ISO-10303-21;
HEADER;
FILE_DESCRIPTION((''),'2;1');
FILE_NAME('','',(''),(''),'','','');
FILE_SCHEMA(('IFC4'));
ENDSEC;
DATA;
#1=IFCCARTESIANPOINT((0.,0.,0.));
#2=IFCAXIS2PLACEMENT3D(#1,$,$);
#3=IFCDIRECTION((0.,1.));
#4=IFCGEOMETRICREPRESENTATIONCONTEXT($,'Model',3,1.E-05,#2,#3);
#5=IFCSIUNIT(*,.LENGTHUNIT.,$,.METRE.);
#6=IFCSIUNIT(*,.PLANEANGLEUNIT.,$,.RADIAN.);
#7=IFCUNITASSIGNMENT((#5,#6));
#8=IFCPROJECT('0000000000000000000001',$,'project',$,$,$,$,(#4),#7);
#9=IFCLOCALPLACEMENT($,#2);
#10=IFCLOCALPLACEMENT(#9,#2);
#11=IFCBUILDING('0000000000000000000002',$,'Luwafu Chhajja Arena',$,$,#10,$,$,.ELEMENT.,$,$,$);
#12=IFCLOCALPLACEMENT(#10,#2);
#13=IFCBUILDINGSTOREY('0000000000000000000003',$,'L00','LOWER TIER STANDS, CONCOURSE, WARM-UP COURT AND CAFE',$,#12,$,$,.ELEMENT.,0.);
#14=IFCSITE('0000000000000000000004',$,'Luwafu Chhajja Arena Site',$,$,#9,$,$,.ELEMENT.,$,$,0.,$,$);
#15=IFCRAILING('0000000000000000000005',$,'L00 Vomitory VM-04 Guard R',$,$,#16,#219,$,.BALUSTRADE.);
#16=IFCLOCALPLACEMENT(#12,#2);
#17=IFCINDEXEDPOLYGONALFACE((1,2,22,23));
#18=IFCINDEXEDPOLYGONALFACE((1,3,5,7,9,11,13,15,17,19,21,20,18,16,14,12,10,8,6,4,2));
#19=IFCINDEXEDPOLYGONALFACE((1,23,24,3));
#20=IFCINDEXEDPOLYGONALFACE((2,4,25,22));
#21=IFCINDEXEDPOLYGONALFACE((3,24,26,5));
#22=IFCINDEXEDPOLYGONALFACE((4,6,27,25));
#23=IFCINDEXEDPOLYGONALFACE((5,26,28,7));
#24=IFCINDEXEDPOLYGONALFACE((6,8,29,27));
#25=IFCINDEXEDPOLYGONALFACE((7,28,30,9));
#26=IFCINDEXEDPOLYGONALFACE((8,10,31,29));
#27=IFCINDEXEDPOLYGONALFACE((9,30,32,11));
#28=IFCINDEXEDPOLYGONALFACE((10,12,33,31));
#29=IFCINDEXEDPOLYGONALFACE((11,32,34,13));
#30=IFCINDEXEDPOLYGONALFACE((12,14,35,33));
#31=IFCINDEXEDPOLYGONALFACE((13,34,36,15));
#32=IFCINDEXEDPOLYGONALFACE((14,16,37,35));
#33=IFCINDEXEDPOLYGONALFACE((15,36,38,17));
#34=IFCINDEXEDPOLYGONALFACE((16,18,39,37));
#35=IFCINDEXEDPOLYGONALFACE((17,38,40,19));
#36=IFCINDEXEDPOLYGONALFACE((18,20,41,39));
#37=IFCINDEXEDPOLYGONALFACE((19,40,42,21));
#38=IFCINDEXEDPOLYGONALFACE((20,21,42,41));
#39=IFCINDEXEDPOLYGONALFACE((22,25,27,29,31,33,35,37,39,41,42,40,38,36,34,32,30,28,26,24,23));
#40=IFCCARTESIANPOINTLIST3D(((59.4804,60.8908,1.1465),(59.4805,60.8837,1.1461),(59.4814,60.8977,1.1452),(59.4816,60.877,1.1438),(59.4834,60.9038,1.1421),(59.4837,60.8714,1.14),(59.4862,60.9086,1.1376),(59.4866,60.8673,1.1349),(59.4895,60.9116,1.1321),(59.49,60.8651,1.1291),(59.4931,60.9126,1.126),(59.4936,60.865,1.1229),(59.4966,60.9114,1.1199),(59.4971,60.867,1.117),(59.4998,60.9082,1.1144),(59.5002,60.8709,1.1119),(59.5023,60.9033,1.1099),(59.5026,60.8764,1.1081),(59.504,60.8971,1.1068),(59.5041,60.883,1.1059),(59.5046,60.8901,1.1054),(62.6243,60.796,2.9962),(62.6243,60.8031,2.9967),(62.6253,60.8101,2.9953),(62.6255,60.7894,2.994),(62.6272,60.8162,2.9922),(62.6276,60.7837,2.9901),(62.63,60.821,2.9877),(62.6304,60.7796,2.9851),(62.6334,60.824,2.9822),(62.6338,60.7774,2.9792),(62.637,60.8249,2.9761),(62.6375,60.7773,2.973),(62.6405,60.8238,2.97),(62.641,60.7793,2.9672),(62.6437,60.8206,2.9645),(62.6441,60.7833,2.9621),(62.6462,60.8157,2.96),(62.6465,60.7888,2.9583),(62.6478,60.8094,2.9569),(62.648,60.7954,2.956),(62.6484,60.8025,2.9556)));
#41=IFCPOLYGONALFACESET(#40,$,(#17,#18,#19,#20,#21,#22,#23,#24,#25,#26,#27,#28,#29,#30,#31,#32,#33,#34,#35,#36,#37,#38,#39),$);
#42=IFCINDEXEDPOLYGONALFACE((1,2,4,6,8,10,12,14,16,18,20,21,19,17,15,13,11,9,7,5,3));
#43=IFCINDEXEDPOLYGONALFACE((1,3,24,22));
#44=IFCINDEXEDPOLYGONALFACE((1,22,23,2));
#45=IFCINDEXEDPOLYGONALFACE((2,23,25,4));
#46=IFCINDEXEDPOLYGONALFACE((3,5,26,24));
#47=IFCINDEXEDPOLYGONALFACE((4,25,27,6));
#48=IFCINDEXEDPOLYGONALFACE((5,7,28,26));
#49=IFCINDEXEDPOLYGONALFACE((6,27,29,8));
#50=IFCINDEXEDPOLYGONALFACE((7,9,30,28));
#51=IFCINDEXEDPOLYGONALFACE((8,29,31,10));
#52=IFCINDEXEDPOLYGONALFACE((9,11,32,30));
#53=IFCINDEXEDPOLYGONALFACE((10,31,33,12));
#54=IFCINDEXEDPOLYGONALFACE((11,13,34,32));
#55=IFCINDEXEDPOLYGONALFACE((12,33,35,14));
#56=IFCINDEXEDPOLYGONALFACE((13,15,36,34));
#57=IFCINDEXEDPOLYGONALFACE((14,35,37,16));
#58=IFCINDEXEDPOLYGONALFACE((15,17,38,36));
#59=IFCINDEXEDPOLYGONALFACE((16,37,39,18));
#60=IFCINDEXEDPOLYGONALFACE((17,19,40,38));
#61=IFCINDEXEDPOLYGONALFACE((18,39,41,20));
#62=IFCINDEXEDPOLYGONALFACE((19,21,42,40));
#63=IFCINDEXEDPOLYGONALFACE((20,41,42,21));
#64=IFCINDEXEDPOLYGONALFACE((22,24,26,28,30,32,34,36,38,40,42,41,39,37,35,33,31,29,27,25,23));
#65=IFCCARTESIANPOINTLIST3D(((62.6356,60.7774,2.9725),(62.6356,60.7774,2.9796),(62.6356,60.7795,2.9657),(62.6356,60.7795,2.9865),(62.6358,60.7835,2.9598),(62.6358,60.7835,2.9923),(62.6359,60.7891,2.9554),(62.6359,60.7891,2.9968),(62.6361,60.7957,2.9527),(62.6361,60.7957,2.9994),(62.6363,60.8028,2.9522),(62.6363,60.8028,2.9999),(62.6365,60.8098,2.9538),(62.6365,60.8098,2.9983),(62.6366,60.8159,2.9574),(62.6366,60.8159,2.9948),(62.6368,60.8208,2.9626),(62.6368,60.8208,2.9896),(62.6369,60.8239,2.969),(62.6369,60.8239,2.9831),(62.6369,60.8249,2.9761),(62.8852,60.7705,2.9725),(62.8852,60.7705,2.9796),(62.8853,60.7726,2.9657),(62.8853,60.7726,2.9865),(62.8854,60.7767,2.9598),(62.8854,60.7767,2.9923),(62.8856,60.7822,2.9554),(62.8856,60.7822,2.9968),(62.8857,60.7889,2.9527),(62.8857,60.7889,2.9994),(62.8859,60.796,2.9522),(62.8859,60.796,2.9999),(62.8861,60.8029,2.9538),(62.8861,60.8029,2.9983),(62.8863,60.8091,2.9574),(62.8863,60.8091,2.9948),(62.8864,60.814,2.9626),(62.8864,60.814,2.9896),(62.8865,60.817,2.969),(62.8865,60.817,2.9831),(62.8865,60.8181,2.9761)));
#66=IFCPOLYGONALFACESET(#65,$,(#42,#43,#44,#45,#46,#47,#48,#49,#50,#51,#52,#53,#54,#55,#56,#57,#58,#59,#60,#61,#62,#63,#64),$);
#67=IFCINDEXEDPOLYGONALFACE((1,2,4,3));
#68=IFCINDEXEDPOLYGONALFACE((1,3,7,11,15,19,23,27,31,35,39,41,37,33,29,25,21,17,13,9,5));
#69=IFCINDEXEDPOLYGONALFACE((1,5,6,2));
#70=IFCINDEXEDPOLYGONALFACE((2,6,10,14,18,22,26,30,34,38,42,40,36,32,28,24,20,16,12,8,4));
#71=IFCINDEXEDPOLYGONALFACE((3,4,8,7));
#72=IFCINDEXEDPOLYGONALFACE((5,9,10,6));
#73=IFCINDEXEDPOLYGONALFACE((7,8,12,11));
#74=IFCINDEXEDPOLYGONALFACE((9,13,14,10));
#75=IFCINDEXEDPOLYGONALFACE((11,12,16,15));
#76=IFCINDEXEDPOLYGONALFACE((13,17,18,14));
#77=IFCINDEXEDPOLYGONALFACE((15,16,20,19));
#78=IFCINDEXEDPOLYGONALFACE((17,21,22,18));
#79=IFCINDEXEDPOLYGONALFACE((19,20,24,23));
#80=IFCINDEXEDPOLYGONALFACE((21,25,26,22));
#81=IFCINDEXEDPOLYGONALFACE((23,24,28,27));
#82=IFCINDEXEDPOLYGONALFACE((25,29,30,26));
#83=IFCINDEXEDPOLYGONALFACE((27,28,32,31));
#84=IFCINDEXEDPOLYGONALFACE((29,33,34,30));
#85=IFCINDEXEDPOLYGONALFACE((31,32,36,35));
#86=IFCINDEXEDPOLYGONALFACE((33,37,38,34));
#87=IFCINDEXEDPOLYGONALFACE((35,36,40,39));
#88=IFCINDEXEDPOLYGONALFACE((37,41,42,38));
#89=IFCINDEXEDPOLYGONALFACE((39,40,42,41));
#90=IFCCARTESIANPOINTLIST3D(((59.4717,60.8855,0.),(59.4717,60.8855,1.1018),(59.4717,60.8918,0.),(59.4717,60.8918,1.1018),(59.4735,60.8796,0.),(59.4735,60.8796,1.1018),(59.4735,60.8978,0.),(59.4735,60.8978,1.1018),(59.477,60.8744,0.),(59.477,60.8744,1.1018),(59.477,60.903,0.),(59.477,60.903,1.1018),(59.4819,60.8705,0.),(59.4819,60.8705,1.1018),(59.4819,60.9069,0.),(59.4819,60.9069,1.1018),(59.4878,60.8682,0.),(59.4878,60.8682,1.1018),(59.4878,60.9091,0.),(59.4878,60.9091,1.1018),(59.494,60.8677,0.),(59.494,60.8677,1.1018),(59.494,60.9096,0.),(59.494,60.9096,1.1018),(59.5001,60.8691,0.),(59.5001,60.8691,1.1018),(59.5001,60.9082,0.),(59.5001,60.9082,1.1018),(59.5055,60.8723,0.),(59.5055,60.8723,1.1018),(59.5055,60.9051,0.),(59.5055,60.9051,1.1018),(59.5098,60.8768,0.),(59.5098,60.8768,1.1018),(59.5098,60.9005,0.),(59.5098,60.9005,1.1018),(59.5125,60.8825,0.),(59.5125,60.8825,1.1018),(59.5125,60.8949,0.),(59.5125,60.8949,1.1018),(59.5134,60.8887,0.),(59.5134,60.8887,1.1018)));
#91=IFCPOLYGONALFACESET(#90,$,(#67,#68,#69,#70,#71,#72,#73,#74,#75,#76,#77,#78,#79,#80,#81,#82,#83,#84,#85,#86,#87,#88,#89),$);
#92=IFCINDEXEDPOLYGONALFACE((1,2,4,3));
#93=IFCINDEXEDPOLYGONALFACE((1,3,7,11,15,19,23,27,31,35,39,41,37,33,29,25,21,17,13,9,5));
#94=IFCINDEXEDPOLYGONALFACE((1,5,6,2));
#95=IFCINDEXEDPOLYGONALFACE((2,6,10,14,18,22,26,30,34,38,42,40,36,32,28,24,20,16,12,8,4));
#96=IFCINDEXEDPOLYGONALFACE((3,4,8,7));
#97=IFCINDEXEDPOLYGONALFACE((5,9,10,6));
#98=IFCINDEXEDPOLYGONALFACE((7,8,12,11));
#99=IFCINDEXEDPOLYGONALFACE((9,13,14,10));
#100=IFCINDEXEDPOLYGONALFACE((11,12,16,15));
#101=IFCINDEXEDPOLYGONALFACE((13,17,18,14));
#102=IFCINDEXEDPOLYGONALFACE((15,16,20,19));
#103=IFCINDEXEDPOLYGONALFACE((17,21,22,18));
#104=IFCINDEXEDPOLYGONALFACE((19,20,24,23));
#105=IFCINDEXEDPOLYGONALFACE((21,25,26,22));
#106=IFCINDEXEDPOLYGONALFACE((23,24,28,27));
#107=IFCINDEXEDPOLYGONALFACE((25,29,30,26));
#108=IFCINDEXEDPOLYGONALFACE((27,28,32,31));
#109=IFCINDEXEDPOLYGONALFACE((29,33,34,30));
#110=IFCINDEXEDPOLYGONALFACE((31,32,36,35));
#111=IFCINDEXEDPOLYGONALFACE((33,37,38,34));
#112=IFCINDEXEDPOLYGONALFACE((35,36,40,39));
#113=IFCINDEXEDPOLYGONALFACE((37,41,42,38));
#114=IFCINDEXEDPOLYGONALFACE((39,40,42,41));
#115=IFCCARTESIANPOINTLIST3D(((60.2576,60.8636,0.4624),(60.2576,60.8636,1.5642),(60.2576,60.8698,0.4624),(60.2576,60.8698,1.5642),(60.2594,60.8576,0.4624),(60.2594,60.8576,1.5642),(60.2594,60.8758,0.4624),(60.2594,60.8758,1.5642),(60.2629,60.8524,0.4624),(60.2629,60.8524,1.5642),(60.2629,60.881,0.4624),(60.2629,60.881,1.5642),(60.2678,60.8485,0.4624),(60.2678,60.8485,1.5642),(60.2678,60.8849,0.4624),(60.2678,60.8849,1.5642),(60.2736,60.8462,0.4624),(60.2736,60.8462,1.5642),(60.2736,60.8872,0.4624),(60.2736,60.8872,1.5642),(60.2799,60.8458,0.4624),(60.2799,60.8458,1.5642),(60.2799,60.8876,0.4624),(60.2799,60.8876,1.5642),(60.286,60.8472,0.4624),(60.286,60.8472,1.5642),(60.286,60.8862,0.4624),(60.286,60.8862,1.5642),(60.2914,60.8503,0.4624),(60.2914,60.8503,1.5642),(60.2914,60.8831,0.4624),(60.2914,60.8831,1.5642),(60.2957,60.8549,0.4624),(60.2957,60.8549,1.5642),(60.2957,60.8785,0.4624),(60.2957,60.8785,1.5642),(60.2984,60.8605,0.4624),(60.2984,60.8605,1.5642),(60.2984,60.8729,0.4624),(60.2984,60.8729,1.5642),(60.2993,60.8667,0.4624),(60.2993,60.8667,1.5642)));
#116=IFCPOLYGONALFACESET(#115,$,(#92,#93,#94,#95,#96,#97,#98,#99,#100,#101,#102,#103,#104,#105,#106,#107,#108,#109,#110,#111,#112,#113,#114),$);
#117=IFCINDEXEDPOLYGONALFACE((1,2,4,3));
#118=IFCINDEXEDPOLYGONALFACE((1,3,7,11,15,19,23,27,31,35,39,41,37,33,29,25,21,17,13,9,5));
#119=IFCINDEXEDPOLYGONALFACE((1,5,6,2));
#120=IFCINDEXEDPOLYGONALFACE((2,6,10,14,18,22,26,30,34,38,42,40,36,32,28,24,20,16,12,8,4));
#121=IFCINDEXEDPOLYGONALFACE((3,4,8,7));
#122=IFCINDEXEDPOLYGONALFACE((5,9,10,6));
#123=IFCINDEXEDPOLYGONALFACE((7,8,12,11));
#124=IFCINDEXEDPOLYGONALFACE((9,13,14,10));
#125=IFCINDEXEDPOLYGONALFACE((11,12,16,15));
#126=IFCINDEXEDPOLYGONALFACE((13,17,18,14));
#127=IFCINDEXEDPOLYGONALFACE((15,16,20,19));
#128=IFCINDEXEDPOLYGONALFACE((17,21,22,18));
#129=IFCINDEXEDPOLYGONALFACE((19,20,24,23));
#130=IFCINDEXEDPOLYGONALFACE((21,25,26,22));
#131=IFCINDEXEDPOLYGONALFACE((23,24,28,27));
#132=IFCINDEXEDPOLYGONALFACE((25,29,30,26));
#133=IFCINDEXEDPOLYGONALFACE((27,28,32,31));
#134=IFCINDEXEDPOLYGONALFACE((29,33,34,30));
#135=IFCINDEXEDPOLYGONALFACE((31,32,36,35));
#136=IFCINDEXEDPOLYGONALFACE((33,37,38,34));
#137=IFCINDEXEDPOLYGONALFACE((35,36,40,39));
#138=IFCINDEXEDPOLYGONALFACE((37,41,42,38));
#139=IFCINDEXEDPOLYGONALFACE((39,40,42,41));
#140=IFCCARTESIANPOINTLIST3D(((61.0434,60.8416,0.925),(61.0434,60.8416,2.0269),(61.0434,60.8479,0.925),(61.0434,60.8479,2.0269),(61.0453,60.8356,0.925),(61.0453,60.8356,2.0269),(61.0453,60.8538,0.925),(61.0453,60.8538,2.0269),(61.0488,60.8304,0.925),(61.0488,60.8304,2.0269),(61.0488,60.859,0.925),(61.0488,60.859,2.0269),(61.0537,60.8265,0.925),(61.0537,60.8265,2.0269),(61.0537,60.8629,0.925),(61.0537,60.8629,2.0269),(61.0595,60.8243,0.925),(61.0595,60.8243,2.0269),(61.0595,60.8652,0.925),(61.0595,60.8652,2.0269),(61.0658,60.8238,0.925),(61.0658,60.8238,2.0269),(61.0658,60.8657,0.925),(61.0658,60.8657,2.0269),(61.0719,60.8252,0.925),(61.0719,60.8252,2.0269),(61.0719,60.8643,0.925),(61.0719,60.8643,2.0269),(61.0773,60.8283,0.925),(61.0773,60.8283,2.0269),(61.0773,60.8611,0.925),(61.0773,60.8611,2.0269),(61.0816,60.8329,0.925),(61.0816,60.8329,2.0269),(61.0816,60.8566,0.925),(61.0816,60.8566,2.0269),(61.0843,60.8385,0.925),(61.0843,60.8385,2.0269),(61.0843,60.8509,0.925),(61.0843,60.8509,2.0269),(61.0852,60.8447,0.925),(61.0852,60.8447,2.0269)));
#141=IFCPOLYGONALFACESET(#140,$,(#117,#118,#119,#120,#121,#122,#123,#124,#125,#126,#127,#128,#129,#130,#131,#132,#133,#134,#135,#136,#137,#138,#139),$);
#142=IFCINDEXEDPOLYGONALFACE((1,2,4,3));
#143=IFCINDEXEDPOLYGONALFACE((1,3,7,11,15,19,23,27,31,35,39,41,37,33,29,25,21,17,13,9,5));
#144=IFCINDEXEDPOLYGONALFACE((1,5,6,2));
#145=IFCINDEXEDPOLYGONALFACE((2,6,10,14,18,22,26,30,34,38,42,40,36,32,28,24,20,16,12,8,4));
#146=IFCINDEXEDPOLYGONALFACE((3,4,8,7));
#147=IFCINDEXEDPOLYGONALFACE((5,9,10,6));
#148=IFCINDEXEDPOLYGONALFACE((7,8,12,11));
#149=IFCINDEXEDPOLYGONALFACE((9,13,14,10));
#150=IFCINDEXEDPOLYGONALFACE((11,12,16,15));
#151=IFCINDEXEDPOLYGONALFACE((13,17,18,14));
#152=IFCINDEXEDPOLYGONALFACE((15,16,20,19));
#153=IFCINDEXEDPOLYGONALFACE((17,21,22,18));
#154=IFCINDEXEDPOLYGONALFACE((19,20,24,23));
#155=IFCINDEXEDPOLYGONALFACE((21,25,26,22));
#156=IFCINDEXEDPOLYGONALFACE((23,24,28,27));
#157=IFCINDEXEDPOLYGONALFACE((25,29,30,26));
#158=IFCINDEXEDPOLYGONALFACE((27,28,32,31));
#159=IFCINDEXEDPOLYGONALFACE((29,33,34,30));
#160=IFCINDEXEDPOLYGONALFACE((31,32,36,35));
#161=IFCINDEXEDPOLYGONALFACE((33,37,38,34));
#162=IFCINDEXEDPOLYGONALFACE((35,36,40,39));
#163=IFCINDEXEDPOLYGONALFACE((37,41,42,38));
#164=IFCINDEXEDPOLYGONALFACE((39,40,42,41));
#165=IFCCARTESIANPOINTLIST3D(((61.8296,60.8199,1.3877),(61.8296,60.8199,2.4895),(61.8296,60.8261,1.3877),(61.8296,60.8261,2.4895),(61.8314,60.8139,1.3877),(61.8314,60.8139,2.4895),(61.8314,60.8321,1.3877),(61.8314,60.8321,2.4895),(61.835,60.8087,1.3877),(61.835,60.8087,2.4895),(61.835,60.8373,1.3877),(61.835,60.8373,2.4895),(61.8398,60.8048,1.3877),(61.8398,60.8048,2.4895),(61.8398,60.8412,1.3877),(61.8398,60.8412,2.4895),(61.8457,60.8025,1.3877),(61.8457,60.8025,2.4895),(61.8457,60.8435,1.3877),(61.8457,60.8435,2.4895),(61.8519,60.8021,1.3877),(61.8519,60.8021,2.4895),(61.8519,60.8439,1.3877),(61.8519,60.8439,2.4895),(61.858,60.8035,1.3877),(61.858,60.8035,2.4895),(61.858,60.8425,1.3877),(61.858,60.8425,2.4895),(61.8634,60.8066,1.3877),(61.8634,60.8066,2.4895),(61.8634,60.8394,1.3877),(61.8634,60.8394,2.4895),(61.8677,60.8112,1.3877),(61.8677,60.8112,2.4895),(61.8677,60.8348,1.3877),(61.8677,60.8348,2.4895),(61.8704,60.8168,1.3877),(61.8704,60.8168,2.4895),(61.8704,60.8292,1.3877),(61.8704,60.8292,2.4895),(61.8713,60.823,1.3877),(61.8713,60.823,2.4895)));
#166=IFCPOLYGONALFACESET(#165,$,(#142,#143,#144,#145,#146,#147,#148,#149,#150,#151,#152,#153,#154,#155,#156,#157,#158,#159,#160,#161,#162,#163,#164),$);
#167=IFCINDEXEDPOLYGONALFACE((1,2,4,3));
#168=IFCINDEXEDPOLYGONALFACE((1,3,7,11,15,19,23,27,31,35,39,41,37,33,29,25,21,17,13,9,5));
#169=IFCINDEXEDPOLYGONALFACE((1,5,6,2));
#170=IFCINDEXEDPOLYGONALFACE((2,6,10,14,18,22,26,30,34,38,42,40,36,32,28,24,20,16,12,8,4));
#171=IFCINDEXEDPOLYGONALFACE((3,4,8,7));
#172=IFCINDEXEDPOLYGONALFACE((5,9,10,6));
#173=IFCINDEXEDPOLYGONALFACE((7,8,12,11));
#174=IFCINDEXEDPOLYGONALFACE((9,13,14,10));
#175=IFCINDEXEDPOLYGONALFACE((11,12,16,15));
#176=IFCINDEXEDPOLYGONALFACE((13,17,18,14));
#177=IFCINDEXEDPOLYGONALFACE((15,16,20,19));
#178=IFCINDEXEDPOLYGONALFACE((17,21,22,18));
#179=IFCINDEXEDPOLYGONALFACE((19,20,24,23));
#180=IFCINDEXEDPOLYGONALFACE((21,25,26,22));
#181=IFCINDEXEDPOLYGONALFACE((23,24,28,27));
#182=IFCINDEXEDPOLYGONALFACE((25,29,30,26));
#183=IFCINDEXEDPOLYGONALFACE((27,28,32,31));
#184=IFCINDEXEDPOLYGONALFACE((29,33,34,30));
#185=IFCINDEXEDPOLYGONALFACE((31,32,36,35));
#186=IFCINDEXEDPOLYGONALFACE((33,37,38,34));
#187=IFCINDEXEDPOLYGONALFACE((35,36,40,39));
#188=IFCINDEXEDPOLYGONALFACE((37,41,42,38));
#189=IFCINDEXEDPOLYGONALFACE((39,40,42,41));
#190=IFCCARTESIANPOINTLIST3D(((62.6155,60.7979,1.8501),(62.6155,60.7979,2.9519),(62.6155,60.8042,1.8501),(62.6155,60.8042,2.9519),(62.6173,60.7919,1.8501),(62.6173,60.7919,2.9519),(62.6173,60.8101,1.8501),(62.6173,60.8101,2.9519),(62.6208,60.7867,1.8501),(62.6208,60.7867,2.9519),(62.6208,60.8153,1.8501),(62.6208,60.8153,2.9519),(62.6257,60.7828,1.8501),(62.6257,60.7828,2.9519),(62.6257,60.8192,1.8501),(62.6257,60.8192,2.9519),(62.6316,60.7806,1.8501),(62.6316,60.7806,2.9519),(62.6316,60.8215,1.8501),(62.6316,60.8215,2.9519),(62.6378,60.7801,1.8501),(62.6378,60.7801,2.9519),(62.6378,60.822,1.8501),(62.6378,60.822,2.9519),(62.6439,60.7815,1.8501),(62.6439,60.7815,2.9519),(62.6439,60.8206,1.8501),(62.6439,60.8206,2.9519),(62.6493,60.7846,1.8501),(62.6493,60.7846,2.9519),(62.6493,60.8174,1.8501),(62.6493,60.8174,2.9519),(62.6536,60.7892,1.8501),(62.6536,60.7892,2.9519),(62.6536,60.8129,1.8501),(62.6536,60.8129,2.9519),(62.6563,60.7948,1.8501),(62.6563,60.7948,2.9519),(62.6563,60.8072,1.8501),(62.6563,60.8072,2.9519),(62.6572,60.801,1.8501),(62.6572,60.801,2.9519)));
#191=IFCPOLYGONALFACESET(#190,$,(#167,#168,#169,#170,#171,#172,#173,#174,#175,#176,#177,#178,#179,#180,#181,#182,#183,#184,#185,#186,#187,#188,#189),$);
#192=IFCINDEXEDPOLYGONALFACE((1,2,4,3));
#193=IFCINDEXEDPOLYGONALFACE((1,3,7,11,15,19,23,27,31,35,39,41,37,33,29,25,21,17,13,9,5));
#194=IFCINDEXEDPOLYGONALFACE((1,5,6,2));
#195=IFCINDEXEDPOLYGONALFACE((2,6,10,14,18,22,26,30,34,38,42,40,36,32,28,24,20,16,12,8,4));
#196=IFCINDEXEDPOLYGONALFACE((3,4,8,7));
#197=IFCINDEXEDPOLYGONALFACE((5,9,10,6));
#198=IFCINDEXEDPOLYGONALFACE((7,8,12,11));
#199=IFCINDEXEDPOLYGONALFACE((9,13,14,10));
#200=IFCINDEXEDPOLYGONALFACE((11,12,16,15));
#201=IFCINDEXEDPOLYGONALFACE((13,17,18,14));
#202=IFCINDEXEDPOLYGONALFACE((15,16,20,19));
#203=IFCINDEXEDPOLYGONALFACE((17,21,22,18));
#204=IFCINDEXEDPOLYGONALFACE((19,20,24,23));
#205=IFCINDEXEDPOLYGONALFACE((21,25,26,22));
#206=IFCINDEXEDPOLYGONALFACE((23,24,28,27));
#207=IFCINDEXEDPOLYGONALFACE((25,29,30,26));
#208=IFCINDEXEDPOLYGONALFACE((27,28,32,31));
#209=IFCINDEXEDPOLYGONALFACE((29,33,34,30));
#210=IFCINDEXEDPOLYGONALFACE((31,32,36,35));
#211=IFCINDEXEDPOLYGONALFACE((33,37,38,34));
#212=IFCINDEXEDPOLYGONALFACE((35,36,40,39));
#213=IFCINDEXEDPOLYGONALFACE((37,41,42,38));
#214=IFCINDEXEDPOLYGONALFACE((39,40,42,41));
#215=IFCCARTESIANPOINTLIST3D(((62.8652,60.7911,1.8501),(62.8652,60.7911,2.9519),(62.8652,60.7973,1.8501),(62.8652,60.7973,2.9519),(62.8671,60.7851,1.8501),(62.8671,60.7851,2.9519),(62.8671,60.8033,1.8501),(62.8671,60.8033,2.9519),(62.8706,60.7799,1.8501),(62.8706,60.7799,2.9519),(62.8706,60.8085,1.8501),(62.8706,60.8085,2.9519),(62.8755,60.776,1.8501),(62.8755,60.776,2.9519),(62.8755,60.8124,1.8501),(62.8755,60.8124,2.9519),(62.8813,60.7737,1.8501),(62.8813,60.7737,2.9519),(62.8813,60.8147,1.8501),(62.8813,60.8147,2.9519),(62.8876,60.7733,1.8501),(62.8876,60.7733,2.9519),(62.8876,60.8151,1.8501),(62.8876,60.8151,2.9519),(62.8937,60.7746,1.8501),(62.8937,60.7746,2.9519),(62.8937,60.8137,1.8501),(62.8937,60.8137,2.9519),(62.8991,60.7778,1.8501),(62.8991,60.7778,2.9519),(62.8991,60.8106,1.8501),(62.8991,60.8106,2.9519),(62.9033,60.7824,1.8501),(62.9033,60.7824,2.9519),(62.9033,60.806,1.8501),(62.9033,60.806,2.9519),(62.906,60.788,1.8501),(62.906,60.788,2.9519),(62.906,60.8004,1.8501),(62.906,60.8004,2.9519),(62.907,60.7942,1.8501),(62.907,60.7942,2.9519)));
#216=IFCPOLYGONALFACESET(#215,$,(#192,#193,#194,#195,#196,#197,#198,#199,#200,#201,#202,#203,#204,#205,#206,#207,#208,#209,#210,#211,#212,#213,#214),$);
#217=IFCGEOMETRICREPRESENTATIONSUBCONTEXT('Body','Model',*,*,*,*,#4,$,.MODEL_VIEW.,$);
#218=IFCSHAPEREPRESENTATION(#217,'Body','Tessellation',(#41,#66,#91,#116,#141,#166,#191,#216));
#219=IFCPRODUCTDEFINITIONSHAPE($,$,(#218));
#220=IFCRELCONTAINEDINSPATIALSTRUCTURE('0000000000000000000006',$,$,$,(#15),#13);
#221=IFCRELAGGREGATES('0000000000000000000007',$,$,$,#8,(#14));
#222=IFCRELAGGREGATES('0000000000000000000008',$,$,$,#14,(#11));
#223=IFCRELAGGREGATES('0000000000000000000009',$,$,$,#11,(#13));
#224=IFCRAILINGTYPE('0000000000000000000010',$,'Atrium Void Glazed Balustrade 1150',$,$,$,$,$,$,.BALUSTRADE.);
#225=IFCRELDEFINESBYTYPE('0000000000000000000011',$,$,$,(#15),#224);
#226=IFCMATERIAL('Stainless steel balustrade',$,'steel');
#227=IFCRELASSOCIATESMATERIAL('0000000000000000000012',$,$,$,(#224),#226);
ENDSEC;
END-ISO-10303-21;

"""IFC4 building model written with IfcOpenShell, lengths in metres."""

from ifc_helpers import new_model, si_unit, direction, frame, origin, origin_2d, place, context, subcontext, project, spatial, circle, extrude, material, type_object, element, save


model = new_model("IFC4")

# Units and contexts
model_context = context("Model", 3, precision=1e-05, world=origin(), true_north=direction((0.0, 1.0)))
body_context = subcontext(model_context, "Body", "Model", "MODEL_VIEW")
ifc_project = project(units=[si_unit("LENGTHUNIT", "METRE"), si_unit("PLANEANGLEUNIT", "RADIAN")], contexts=[model_context])

# Site, building, storey
site_placement = place(None, origin())
site = spatial("IfcSite", under=ifc_project, at=site_placement, Name="Luwafu Chhajja Arena Site", CompositionType="ELEMENT", RefElevation=0.0)
building_placement = place(site_placement, origin())
building = spatial("IfcBuilding", under=site, at=building_placement, Name="Luwafu Chhajja Arena", CompositionType="ELEMENT")
storey_placement = place(building_placement, origin())
storey = spatial("IfcBuildingStorey", under=building, at=storey_placement, Name="L00", Description="LOWER TIER STANDS, CONCOURSE, WARM-UP COURT AND CAFE", CompositionType="ELEMENT", Elevation=0.0)

# Railing
ifc_material_1 = material(Name="Stainless steel balustrade", Category="steel")
railing_type_1 = type_object("IfcRailingType", Name="Atrium Void Glazed Balustrade 1150", PredefinedType="BALUSTRADE", material=ifc_material_1)
railing_1_placement = place(storey_placement, frame((59.4924, 60.8887, 0.0)))
element("IfcRailing", 1, at=railing_1_placement, inside=storey, type_object=railing_type_1, Name="L00 Vomitory VM-04 Guard R", PredefinedType="BALUSTRADE", context=body_context, shape_type="SweptSolid", body=[
    extrude(circle(Radius=0.0239, at=origin_2d()), frame((0.0, 0.0, 1.126), z_axis=(0.861589, -0.02402, 0.507038), x_axis=(0.027868, 0.999612, 0.0)), (0.0, 0.0, 1.0), 3.6489),
    extrude(circle(Radius=0.0239, at=origin_2d()), frame((3.1438, -0.0876, 2.9761), z_axis=(0.999626, -0.02736, 0.0), x_axis=(0.02736, 0.999626, 0.0)), (0.0, 0.0, 1.0), 0.2498),
    extrude(circle(Radius=0.021, at=origin_2d()), origin(), (0.0, 0.0, 1.0), 1.1018),
    extrude(circle(Radius=0.021, at=origin_2d()), frame((0.7859, -0.022, 0.4624)), (0.0, 0.0, 1.0), 1.1018),
    extrude(circle(Radius=0.021, at=origin_2d()), frame((1.5718, -0.0439, 0.925)), (0.0, 0.0, 1.0), 1.1018),
    extrude(circle(Radius=0.021, at=origin_2d()), frame((2.3579, -0.0657, 1.3877)), (0.0, 0.0, 1.0), 1.1018),
    extrude(circle(Radius=0.021, at=origin_2d()), frame((3.1438, -0.0876, 1.8501)), (0.0, 0.0, 1.0), 1.1018),
    extrude(circle(Radius=0.021, at=origin_2d()), frame((3.3936, -0.0945, 1.8501)), (0.0, 0.0, 1.0), 1.1018),
])

save(model, "model.ifc")
